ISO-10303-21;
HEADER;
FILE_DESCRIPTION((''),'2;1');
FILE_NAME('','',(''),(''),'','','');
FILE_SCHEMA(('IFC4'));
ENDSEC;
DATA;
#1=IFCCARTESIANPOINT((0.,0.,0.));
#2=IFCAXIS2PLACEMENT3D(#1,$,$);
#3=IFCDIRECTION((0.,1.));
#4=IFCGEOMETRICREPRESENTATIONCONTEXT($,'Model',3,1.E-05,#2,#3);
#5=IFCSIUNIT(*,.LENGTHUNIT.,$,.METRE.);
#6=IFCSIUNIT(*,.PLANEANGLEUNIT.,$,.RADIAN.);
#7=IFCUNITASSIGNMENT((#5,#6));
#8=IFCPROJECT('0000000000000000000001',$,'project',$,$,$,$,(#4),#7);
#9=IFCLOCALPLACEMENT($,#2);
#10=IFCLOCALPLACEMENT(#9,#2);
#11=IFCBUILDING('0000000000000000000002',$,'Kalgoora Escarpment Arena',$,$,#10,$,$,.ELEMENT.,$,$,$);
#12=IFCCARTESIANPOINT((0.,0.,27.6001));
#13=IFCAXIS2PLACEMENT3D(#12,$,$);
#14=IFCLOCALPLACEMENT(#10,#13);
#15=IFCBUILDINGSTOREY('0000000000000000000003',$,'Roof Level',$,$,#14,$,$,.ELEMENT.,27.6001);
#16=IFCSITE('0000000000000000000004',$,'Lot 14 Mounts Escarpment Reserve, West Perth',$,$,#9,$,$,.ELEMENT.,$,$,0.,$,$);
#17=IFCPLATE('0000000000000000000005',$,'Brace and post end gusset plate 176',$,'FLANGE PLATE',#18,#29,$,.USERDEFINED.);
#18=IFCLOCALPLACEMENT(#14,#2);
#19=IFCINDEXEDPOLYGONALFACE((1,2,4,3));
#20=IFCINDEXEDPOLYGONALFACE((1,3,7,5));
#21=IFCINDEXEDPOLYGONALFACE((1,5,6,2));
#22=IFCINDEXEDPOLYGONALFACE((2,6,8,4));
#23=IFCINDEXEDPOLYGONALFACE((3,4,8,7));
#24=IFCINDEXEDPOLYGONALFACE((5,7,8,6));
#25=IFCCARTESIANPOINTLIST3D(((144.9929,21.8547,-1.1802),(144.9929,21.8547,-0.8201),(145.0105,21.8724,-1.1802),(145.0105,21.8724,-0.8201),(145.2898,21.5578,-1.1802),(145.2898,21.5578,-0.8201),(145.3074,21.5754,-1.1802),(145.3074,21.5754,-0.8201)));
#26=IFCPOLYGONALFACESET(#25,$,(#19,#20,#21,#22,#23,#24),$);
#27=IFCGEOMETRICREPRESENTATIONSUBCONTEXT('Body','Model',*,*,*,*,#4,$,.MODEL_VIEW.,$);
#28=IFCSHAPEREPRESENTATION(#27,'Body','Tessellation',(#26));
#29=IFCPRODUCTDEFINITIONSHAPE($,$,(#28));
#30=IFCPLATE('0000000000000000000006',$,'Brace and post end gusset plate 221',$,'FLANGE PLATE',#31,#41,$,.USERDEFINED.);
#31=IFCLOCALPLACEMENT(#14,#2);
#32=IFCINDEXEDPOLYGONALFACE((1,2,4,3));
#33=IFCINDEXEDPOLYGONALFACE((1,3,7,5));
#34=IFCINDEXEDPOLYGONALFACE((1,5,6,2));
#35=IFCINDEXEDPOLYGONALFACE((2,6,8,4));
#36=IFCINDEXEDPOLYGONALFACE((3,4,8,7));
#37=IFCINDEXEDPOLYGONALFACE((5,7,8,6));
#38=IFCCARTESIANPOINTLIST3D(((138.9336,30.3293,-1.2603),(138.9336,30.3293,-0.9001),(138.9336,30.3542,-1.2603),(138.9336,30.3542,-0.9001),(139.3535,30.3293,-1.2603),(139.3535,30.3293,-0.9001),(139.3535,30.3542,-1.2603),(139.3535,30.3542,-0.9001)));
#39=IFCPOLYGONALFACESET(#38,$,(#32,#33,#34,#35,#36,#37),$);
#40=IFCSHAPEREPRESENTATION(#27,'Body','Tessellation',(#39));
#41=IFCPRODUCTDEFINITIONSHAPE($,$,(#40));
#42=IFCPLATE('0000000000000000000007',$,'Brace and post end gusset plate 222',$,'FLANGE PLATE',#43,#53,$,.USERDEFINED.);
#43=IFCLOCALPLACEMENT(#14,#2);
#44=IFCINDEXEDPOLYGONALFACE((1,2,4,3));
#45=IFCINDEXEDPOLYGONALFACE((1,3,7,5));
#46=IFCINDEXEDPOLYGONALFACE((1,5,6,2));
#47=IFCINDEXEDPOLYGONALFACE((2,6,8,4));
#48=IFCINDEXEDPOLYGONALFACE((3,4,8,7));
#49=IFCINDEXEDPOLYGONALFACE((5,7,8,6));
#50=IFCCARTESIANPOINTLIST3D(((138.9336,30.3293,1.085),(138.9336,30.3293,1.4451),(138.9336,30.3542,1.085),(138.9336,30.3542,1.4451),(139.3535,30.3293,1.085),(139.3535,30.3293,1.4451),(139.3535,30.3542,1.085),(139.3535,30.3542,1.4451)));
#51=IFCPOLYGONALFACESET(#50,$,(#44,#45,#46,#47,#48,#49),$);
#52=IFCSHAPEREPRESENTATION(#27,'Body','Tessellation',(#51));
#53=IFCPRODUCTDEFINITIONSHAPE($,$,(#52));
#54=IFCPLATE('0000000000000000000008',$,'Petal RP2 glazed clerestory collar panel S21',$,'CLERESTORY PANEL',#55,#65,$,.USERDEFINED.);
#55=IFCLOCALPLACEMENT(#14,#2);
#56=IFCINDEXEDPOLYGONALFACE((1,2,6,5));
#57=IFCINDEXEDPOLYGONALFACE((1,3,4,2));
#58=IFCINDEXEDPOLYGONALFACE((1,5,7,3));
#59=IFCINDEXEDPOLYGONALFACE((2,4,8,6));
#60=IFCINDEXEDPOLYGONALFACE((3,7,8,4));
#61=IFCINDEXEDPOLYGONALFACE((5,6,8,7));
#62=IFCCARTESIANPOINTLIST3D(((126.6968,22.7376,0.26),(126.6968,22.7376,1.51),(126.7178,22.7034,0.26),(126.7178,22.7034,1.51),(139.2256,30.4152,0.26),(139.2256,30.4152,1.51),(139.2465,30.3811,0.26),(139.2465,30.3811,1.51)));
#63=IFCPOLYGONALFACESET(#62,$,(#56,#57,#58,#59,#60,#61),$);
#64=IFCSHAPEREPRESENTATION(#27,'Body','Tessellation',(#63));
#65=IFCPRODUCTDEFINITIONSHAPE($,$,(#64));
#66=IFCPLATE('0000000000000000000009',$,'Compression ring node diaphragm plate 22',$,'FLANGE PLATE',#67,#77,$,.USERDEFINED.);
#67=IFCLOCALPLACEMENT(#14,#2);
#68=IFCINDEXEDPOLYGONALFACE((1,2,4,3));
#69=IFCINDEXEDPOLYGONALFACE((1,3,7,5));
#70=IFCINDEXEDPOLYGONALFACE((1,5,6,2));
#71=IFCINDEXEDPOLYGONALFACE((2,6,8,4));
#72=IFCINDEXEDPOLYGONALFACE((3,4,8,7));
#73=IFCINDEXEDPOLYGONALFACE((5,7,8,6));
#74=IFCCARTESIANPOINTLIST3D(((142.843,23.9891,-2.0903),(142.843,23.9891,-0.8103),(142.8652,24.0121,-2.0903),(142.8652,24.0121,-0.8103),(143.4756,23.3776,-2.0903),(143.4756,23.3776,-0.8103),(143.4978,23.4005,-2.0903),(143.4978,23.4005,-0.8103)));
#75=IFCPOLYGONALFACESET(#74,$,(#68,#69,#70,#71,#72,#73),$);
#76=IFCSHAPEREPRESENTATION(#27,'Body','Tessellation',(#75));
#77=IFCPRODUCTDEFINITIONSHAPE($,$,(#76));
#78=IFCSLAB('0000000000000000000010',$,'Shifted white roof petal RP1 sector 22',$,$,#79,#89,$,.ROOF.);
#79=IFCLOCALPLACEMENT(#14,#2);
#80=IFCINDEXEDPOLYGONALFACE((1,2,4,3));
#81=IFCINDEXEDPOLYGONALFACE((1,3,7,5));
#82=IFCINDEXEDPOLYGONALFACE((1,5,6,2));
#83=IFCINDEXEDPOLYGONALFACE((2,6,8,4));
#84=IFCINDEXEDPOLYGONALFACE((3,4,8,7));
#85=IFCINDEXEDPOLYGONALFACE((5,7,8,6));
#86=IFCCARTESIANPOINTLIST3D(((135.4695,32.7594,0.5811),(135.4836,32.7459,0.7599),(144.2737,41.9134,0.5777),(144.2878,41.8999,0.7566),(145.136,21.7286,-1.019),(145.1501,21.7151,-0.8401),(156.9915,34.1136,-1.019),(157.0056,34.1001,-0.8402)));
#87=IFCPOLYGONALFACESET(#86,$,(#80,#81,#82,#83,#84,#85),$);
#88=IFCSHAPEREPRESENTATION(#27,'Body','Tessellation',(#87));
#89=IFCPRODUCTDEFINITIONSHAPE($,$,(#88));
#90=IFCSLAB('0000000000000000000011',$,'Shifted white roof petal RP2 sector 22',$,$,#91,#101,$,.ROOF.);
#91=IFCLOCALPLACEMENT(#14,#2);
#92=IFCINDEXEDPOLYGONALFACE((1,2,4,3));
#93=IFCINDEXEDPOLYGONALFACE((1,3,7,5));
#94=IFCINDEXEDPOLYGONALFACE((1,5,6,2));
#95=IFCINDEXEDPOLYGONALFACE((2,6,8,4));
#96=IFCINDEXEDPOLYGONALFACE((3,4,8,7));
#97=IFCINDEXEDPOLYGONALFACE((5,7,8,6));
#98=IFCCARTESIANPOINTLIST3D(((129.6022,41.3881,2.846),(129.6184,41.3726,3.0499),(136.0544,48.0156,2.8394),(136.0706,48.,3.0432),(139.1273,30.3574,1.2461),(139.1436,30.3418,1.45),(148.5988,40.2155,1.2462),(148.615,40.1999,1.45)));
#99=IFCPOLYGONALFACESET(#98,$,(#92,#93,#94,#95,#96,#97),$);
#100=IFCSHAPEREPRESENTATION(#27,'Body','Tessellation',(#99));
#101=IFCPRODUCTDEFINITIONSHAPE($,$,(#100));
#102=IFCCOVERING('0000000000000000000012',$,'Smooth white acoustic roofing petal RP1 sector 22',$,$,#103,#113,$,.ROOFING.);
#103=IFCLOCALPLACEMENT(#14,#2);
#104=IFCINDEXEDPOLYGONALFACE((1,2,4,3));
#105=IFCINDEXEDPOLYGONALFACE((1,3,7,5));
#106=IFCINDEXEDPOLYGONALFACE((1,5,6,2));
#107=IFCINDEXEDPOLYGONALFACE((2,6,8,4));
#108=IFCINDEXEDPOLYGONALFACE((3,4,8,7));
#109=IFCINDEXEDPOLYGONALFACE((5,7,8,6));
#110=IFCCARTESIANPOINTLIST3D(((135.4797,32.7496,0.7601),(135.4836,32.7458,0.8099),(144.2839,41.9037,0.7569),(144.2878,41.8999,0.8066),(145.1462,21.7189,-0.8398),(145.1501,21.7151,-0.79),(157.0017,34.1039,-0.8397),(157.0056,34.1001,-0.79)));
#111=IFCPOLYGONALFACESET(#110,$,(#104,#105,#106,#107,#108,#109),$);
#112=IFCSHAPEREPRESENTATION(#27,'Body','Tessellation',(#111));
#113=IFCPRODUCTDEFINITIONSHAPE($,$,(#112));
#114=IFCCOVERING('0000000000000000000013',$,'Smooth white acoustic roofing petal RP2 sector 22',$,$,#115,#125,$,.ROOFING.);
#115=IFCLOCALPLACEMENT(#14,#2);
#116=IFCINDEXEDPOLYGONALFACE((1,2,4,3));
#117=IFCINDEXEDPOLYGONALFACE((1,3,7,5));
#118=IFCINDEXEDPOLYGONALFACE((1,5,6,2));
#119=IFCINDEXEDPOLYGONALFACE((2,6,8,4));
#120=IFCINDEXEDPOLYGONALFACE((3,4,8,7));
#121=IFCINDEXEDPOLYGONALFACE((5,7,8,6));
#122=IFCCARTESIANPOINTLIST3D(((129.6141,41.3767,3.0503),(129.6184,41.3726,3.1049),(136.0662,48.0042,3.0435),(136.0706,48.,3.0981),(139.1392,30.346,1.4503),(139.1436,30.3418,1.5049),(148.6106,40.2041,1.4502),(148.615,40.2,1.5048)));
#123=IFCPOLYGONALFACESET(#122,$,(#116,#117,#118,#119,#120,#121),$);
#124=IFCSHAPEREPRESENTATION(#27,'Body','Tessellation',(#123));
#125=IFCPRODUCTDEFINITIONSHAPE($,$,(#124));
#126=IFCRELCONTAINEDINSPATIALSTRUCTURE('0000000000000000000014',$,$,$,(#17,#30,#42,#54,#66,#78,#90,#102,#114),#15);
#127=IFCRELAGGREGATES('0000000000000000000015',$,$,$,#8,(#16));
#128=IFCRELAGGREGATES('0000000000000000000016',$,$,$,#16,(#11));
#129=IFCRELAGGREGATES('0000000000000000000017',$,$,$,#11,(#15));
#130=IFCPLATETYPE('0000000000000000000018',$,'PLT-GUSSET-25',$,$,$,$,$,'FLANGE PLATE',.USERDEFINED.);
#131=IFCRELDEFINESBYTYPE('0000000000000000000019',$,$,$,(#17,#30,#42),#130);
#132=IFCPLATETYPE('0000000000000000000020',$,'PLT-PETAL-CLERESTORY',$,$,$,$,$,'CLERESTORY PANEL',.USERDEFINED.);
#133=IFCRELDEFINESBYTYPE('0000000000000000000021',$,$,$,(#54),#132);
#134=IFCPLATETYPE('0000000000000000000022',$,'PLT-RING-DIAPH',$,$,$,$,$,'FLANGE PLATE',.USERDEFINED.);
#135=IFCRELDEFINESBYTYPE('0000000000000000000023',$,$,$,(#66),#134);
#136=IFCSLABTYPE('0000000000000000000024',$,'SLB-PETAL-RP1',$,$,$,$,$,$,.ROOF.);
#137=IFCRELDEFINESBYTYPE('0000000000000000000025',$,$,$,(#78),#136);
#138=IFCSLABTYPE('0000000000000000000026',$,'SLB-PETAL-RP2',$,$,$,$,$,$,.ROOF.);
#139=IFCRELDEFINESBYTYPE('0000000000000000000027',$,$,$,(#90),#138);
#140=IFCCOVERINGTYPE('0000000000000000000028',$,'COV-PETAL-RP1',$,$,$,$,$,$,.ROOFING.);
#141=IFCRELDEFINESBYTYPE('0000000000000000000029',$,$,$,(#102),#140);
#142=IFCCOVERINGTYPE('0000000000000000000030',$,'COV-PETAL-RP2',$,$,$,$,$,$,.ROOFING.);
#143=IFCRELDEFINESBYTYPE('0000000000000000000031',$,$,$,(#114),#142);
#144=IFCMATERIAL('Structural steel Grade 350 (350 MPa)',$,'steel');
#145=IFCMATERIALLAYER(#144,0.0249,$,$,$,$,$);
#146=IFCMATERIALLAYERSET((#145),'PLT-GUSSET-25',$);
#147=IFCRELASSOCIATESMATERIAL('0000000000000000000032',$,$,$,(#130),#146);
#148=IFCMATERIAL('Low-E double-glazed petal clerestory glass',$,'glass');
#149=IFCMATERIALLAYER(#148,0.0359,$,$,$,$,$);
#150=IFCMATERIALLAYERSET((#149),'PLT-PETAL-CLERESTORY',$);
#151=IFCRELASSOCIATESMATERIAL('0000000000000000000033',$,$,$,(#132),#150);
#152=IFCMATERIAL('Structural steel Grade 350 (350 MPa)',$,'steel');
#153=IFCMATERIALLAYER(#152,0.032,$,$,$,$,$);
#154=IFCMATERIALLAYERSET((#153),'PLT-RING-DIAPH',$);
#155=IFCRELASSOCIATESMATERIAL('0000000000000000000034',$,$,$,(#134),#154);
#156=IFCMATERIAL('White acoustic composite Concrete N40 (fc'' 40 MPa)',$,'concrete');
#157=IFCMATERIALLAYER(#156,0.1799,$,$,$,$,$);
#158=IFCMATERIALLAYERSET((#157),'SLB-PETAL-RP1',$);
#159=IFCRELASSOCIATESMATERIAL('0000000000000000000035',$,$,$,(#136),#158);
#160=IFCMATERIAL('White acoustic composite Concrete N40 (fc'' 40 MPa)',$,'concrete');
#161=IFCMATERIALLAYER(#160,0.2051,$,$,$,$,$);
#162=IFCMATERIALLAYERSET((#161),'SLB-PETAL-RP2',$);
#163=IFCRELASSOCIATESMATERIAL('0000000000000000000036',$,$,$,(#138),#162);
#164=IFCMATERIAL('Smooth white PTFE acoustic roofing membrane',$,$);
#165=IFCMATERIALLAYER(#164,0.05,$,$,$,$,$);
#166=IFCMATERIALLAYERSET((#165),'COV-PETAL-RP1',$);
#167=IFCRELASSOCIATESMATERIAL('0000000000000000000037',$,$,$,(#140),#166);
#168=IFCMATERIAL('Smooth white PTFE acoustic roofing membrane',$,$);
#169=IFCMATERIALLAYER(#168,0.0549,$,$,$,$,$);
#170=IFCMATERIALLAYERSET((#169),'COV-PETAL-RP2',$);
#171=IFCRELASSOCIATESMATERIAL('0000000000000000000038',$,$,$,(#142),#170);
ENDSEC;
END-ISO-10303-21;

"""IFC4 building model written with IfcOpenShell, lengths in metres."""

from ifc_helpers import new_model, si_unit, direction, frame, origin, origin_2d, place, context, subcontext, project, spatial, polyline, rectangle, outline, extrude, material, layer, layer_set, type_object, element, save


model = new_model("IFC4")

# Units and contexts
model_context = context("Model", 3, precision=1e-05, world=origin(), true_north=direction((0.0, 1.0)))
body_context = subcontext(model_context, "Body", "Model", "MODEL_VIEW")
ifc_project = project(units=[si_unit("LENGTHUNIT", "METRE"), si_unit("PLANEANGLEUNIT", "RADIAN")], contexts=[model_context])

# Site, building, storey
site_placement = place(None, origin())
site = spatial("IfcSite", under=ifc_project, at=site_placement, Name="Lot 14 Mounts Escarpment Reserve, West Perth", CompositionType="ELEMENT", RefElevation=0.0)
building_placement = place(site_placement, origin())
building = spatial("IfcBuilding", under=site, at=building_placement, Name="Kalgoora Escarpment Arena", CompositionType="ELEMENT")
storey_placement = place(building_placement, frame((0.0, 0.0, 27.6001)))
storey = spatial("IfcBuildingStorey", under=building, at=storey_placement, Name="Roof Level", CompositionType="ELEMENT", Elevation=27.6001)

# Plates
ifc_material_1 = material(Name="Structural steel Grade 350 (350 MPa)", Category="steel")
ifc_layer_1 = layer(ifc_material_1, 0.0249)
ifc_layer_set_1 = layer_set([ifc_layer_1], Name="PLT-GUSSET-25")
plate_type_1 = type_object("IfcPlateType", Name="PLT-GUSSET-25", ElementType="FLANGE PLATE", PredefinedType="USERDEFINED", material=ifc_layer_set_1)
for number, where, z_axis, x_axis, name in (
    (1, (145.1501, 21.7151, -1.1802), (0.0, 0.0, 1.0), (0.707107, -0.707107, 0.0), "Brace and post end gusset plate 176"),
    (2, (139.1436, 30.3418, -1.2603), (0.0, 0.0, 1.0), (1.0, 0.0, 0.0), "Brace and post end gusset plate 221"),
    (3, (139.1436, 30.3418, 1.085), (0.0, 0.0, 1.0), (1.0, 0.0, 0.0), "Brace and post end gusset plate 222"),
):
    element("IfcPlate", number, at=place(storey_placement, frame(where, z_axis=z_axis, x_axis=x_axis)), inside=storey, type_object=plate_type_1, Name=name, ObjectType="FLANGE PLATE", PredefinedType="USERDEFINED", context=body_context, shape_type="SweptSolid", body=[
        extrude(rectangle(XDim=0.4199, YDim=0.0249, at=origin_2d()), origin(), (0.0, 0.0, 1.0), 0.3601),
    ])
ifc_material_2 = material(Name="Low-E double-glazed petal clerestory glass", Category="glass")
ifc_layer_2 = layer(ifc_material_2, 0.0359)
ifc_layer_set_2 = layer_set([ifc_layer_2], Name="PLT-PETAL-CLERESTORY")
plate_type_2 = type_object("IfcPlateType", Name="PLT-PETAL-CLERESTORY", ElementType="CLERESTORY PANEL", PredefinedType="USERDEFINED", material=ifc_layer_set_2)
plate_1_placement = place(storey_placement, frame((132.9717, 26.5593, 0.26), z_axis=(0.0, 0.0, 1.0), x_axis=(0.85264, 0.522499, 0.0)))
element("IfcPlate", 4, at=plate_1_placement, inside=storey, type_object=plate_type_2, Name="Petal RP2 glazed clerestory collar panel S21", ObjectType="CLERESTORY PANEL", PredefinedType="USERDEFINED", context=body_context, shape_type="SweptSolid", body=[
    extrude(rectangle(XDim=14.6941, YDim=0.04, at=origin_2d()), origin(), (0.0, 0.0, 1.0), 1.25),
])
ifc_material_3 = material(Name="Structural steel Grade 350 (350 MPa)", Category="steel")
ifc_layer_3 = layer(ifc_material_3, 0.032)
ifc_layer_set_3 = layer_set([ifc_layer_3], Name="PLT-RING-DIAPH")
plate_type_3 = type_object("IfcPlateType", Name="PLT-RING-DIAPH", ElementType="FLANGE PLATE", PredefinedType="USERDEFINED", material=ifc_layer_set_3)
plate_2_placement = place(storey_placement, frame((143.1704, 23.6948, -2.0903), z_axis=(0.0, 0.0, 1.0), x_axis=(0.695035, 0.718976, 0.0)))
element("IfcPlate", 5, at=plate_2_placement, inside=storey, type_object=plate_type_3, Name="Compression ring node diaphragm plate 22", ObjectType="FLANGE PLATE", PredefinedType="USERDEFINED", context=body_context, shape_type="SweptSolid", body=[
    extrude(rectangle(XDim=0.032, YDim=0.8799, at=origin_2d()), origin(), (0.0, 0.0, 1.0), 1.28),
])

# Slabs
ifc_material_4 = material(Name="White acoustic composite Concrete N40 (fc' 40 MPa)", Category="concrete")
ifc_layer_4 = layer(ifc_material_4, 0.1799)
ifc_layer_set_4 = layer_set([ifc_layer_4], Name="SLB-PETAL-RP1")
slab_type_1 = type_object("IfcSlabType", Name="SLB-PETAL-RP1", PredefinedType="ROOF", material=ifc_layer_set_4)
slab_1_placement = place(storey_placement, frame((145.1501, 21.7151, -0.8401), z_axis=(0.078642, -0.075273, 0.994057), x_axis=(0.691494, 0.722382, -0.000004)))
element("IfcSlab", 6, at=slab_1_placement, inside=storey, type_object=slab_type_1, Name="Shifted white roof petal RP1 sector 22", PredefinedType="ROOF", context=body_context, shape_type="SweptSolid", body=[
    extrude(outline(polyline([(0.0, 0.0), (17.1447, 0.0), (13.9849, 14.6678), (1.2841, 14.698), (0.0, 0.0)])), origin(), (0.0, 0.0, -1.0), 0.1799),
])
ifc_material_5 = material(Name="White acoustic composite Concrete N40 (fc' 40 MPa)", Category="concrete")
ifc_layer_5 = layer(ifc_material_5, 0.2051)
ifc_layer_set_5 = layer_set([ifc_layer_5], Name="SLB-PETAL-RP2")
slab_type_2 = type_object("IfcSlabType", Name="SLB-PETAL-RP2", PredefinedType="ROOF", material=ifc_layer_set_5)
slab_2_placement = place(storey_placement, frame((139.1436, 30.3418, 1.45), z_axis=(0.079024, -0.075932, 0.993977), x_axis=(0.692822, 0.721109, 0.000006)))
element("IfcSlab", 7, at=slab_2_placement, inside=storey, type_object=slab_type_2, Name="Shifted white roof petal RP2 sector 22", PredefinedType="ROOF", context=body_context, shape_type="SweptSolid", body=[
    extrude(outline(polyline([(0.0, 0.0), (13.6708, 0.0), (10.6045, 14.5375), (1.3552, 14.5989), (0.0, 0.0)])), origin(), (0.0, 0.0, -1.0), 0.2051),
])

# Coverings
ifc_material_6 = material(Name="Smooth white PTFE acoustic roofing membrane")
ifc_layer_6 = layer(ifc_material_6, 0.05)
ifc_layer_set_6 = layer_set([ifc_layer_6], Name="COV-PETAL-RP1")
covering_type_1 = type_object("IfcCoveringType", Name="COV-PETAL-RP1", PredefinedType="ROOFING", material=ifc_layer_set_6)
covering_1_placement = place(storey_placement, frame((145.1501, 21.7151, -0.79), z_axis=(0.078631, -0.075274, 0.994058), x_axis=(0.691495, 0.722381, 0.000004)))
element("IfcCovering", 8, at=covering_1_placement, inside=storey, type_object=covering_type_1, Name="Smooth white acoustic roofing petal RP1 sector 22", PredefinedType="ROOFING", context=body_context, shape_type="SweptSolid", body=[
    extrude(outline(polyline([(0.0, 0.0), (17.1447, 0.0), (13.9849, 14.6678), (1.2841, 14.6979), (0.0, 0.0)])), origin(), (0.0, 0.0, -1.0), 0.05),
])
ifc_material_7 = material(Name="Smooth white PTFE acoustic roofing membrane")
ifc_layer_7 = layer(ifc_material_7, 0.0549)
ifc_layer_set_7 = layer_set([ifc_layer_7], Name="COV-PETAL-RP2")
covering_type_2 = type_object("IfcCoveringType", Name="COV-PETAL-RP2", PredefinedType="ROOFING", material=ifc_layer_set_7)
covering_2_placement = place(storey_placement, frame((139.1436, 30.3418, 1.5049), z_axis=(0.079036, -0.07593, 0.993976), x_axis=(0.692821, 0.72111, -0.000004)))
element("IfcCovering", 9, at=covering_2_placement, inside=storey, type_object=covering_type_2, Name="Smooth white acoustic roofing petal RP2 sector 22", PredefinedType="ROOFING", context=body_context, shape_type="SweptSolid", body=[
    extrude(outline(polyline([(0.0, 0.0), (13.6708, 0.0), (10.6045, 14.5375), (1.3552, 14.599), (0.0, 0.0)])), origin(), (0.0, 0.0, -1.0), 0.0549),
])

save(model, "model.ifc")
